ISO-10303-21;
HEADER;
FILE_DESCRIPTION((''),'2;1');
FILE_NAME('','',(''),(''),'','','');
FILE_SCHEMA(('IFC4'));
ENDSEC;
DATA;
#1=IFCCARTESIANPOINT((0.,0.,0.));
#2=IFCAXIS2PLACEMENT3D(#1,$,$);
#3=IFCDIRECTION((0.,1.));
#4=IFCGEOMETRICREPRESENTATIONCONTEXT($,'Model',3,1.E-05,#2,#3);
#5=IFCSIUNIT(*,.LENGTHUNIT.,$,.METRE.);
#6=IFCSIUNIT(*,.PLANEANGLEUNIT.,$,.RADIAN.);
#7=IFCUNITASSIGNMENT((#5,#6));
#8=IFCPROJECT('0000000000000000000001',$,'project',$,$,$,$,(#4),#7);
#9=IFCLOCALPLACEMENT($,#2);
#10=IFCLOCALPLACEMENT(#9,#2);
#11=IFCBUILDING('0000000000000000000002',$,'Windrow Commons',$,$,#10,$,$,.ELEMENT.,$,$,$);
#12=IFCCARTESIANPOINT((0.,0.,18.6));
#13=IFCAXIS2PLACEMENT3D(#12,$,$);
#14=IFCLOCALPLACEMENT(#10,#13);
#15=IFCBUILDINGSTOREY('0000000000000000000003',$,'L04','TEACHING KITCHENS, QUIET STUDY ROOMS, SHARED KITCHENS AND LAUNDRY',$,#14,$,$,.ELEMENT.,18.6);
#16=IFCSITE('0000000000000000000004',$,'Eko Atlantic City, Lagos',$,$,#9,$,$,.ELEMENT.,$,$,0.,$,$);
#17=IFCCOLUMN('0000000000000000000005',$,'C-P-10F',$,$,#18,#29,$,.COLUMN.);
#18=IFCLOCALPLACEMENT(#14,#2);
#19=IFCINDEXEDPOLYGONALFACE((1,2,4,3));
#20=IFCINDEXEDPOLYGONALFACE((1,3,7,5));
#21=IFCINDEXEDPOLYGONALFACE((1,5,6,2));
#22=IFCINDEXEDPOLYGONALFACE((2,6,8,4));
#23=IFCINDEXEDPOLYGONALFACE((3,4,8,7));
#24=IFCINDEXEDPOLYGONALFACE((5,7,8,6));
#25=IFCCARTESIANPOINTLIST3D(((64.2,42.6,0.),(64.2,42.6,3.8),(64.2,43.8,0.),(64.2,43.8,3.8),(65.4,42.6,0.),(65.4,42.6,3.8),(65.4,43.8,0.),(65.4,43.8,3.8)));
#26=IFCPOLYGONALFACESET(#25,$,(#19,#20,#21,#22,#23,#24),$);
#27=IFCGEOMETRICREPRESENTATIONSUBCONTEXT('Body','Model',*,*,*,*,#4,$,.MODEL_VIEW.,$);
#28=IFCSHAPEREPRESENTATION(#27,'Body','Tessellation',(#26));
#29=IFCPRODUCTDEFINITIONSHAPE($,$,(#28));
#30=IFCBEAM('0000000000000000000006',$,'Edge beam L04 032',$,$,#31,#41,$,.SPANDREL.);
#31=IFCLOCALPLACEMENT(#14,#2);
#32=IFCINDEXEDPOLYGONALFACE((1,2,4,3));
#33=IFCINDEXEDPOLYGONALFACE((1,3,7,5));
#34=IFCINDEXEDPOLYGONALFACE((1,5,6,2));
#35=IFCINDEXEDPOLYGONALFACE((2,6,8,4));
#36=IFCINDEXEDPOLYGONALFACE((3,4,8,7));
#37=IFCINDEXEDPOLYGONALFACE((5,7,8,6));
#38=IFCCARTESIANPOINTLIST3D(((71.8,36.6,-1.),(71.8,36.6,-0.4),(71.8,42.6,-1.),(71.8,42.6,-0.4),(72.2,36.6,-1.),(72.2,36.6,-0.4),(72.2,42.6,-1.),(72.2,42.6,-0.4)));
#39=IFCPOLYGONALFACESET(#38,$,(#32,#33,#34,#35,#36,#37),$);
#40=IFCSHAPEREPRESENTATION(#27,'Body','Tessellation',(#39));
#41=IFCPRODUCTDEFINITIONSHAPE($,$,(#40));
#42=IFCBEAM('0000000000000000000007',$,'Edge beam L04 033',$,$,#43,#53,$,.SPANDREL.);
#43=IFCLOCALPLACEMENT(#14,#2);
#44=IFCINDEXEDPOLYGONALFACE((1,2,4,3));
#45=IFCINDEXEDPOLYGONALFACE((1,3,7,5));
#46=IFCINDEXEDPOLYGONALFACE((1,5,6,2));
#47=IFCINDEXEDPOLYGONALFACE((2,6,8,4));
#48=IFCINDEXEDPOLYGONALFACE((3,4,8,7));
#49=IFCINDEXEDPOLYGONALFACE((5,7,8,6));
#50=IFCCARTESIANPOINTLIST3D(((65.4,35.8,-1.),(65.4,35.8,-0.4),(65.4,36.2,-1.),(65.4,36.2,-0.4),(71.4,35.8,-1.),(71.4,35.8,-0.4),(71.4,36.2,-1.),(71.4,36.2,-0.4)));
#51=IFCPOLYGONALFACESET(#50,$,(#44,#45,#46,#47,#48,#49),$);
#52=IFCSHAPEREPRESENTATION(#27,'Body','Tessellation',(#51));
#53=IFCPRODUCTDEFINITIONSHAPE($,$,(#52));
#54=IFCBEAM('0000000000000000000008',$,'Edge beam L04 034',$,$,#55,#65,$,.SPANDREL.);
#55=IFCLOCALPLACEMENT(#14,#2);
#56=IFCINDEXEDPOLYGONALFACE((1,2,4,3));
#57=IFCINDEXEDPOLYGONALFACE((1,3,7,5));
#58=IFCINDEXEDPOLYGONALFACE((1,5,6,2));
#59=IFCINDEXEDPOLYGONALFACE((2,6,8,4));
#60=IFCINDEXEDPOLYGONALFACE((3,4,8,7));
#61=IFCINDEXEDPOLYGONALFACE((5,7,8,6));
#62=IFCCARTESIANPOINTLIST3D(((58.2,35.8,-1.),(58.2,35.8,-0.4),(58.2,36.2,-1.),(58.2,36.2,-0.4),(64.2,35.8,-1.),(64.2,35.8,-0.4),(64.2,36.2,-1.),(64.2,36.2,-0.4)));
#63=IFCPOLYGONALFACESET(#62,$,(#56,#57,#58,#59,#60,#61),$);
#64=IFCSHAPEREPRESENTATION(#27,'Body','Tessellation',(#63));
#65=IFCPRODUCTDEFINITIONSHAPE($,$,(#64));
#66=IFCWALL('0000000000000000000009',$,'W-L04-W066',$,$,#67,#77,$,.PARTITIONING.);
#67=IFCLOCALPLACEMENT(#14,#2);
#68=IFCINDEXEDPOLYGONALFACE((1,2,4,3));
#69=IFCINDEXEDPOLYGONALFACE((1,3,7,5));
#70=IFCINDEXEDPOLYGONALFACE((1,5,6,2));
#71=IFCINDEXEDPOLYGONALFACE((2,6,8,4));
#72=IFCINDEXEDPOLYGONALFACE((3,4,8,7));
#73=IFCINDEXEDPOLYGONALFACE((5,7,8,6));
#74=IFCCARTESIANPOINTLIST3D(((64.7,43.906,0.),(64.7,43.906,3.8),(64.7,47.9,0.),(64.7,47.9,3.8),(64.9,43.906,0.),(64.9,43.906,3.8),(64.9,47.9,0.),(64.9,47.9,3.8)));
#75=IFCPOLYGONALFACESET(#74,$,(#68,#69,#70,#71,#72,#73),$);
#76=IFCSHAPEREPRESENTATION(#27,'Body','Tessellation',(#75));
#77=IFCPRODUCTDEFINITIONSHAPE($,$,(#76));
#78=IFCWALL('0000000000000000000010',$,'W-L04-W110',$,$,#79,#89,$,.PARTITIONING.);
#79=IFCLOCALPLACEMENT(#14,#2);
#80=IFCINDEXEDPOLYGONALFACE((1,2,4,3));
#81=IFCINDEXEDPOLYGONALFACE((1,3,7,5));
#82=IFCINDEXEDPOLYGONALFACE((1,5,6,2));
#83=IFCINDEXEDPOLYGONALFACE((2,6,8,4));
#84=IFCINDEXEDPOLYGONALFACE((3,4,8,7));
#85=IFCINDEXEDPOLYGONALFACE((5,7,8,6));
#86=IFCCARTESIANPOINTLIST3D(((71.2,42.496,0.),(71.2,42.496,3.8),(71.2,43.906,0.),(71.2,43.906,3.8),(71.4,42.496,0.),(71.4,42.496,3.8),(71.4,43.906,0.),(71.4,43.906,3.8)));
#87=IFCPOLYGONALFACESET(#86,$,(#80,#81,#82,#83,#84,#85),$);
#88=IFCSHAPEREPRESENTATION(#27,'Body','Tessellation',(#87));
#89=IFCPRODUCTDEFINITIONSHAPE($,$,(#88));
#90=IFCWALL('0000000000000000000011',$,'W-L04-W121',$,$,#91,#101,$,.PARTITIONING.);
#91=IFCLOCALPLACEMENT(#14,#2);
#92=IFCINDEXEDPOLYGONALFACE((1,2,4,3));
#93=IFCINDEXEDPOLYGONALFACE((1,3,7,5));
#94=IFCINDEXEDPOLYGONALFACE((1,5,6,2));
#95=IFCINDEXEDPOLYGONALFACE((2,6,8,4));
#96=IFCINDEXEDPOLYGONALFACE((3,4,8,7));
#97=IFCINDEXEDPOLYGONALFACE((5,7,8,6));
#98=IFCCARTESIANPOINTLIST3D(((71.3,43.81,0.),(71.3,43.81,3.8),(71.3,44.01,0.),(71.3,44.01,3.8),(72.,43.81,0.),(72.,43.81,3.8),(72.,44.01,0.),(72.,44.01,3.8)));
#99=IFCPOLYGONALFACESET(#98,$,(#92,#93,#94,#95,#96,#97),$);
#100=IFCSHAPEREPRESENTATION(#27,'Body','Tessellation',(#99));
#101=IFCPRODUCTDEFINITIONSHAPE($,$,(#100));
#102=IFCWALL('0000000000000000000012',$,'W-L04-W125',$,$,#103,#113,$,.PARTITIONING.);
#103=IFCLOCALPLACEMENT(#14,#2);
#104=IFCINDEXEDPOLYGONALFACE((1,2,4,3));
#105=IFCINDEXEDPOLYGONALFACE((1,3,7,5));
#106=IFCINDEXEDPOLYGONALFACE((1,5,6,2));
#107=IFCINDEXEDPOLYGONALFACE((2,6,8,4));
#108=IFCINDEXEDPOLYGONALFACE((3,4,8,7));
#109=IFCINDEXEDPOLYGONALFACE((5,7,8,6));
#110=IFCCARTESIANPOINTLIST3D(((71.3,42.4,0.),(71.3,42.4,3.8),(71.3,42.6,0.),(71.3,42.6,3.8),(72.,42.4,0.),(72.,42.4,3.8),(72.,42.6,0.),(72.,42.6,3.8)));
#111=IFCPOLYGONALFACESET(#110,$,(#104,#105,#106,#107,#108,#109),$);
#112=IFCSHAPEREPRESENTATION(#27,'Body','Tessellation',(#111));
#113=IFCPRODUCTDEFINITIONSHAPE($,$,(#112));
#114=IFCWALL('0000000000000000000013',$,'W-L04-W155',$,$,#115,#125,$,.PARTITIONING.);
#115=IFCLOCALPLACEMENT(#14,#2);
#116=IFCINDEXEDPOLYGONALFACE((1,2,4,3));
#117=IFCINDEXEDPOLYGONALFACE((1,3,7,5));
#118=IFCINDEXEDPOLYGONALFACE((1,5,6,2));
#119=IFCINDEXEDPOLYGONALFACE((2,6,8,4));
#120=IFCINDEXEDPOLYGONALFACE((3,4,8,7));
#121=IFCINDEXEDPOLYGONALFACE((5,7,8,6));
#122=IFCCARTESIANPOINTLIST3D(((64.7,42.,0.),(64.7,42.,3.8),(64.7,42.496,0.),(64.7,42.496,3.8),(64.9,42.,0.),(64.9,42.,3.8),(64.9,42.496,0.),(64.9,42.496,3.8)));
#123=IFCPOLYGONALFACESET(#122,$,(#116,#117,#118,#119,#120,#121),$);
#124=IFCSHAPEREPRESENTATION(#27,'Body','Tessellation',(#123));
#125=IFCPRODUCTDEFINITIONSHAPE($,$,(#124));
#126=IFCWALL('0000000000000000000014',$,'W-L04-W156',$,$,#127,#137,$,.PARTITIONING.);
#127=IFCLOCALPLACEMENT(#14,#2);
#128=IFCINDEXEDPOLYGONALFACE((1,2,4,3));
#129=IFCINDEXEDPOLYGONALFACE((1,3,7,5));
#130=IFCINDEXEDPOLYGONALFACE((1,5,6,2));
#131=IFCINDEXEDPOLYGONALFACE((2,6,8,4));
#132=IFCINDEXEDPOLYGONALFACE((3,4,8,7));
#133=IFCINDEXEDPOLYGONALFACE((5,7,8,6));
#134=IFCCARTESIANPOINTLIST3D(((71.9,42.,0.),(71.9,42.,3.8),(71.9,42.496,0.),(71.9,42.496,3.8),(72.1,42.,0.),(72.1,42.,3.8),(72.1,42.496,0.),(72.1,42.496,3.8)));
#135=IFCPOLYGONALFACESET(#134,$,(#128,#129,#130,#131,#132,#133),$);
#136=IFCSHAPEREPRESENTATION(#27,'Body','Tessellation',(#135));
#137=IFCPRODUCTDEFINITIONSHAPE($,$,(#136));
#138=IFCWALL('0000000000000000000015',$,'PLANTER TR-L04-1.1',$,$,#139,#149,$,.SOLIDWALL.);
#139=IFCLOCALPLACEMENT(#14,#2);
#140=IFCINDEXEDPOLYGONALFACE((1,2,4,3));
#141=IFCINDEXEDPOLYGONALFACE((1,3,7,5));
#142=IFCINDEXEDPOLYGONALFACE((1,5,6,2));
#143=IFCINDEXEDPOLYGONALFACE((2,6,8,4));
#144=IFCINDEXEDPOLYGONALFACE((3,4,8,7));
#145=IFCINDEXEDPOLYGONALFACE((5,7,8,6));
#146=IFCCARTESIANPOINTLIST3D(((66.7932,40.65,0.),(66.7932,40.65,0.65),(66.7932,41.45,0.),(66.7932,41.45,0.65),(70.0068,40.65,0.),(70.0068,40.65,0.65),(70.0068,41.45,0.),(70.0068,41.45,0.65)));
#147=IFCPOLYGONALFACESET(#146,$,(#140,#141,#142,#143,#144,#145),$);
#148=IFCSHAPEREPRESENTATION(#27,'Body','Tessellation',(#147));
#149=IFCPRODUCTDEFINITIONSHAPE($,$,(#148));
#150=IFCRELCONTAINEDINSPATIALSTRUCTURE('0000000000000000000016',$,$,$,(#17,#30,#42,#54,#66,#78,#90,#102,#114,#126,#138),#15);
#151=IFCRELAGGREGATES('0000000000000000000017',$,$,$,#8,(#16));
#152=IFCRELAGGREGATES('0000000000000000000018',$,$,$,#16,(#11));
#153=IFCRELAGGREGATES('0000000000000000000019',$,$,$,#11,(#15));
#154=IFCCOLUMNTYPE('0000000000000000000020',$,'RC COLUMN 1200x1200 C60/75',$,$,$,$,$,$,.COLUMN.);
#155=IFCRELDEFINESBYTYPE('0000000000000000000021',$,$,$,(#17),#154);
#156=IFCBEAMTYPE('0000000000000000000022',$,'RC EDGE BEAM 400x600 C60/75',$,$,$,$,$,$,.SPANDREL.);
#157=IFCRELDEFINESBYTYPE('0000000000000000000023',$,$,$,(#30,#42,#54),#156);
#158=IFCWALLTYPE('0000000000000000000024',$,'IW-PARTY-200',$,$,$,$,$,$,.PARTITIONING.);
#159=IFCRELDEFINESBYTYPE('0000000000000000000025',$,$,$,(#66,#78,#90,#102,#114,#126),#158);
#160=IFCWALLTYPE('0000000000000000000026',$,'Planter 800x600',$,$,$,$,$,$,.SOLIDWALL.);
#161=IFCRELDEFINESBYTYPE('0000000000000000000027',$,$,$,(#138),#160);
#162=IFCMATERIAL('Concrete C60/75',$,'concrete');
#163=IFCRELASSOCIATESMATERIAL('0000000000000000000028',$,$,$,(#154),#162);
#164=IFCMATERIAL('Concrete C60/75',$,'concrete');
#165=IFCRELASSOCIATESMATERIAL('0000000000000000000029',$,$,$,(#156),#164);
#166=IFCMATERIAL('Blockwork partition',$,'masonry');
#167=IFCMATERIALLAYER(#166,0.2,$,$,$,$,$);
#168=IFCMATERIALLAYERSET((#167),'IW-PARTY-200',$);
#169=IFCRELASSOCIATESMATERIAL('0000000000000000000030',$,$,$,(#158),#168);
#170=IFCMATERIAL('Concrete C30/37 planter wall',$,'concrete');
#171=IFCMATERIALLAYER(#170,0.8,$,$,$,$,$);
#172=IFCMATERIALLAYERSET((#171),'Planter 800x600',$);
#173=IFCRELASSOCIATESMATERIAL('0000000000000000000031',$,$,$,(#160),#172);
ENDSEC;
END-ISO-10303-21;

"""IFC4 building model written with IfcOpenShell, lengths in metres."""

from ifc_helpers import new_model, si_unit, direction, frame, frame_2d, origin, origin_2d, place, context, subcontext, project, spatial, polyline, rectangle, outline, extrude, material, layer, layer_set, material_profile, profile_set, type_object, element, save


model = new_model("IFC4")

# Units and contexts
model_context = context("Model", 3, precision=1e-05, world=origin(), true_north=direction((0.0, 1.0)))
body_context = subcontext(model_context, "Body", "Model", "MODEL_VIEW")
ifc_project = project(units=[si_unit("LENGTHUNIT", "METRE"), si_unit("PLANEANGLEUNIT", "RADIAN")], contexts=[model_context])

# Site, building, storey
site_placement = place(None, origin())
site = spatial("IfcSite", under=ifc_project, at=site_placement, Name="Eko Atlantic City, Lagos", CompositionType="ELEMENT", RefElevation=0.0)
building_placement = place(site_placement, origin())
building = spatial("IfcBuilding", under=site, at=building_placement, Name="Windrow Commons", CompositionType="ELEMENT")
storey_placement = place(building_placement, frame((0.0, 0.0, 18.6)))
storey = spatial("IfcBuildingStorey", under=building, at=storey_placement, Name="L04", Description="TEACHING KITCHENS, QUIET STUDY ROOMS, SHARED KITCHENS AND LAUNDRY", CompositionType="ELEMENT", Elevation=18.6)

# Column
ifc_material_1 = material(Name="Concrete C60/75", Category="concrete")
ifc_material_profile_1 = material_profile(ifc_material_1, rectangle(XDim=1.2, YDim=1.2, at=origin_2d()))
ifc_profile_set_1 = profile_set([ifc_material_profile_1], Name="Concrete C60/75")
column_type = type_object("IfcColumnType", Name="RC COLUMN 1200x1200 C60/75", PredefinedType="COLUMN", material=ifc_profile_set_1)
column_placement = place(storey_placement, frame((64.8, 43.2, 0.0), z_axis=(0.0, 0.0, 1.0), x_axis=(1.0, 0.0, 0.0)))
element("IfcColumn", 1, at=column_placement, inside=storey, type_object=column_type, Name="C-P-10F", PredefinedType="COLUMN", context=body_context, shape_type="SweptSolid", body=[
    extrude(rectangle(XDim=1.2, YDim=1.2, at=origin_2d()), origin(), (0.0, 0.0, 1.0), 3.8),
])

# Beams
ifc_material_2 = material(Name="Concrete C60/75", Category="concrete")
ifc_material_profile_2 = material_profile(ifc_material_2, rectangle(XDim=0.4, YDim=0.6, at=origin_2d()))
ifc_profile_set_2 = profile_set([ifc_material_profile_2], Name="Concrete C60/75")
beam_type = type_object("IfcBeamType", Name="RC EDGE BEAM 400x600 C60/75", PredefinedType="SPANDREL", material=ifc_profile_set_2)
for number, where, z_axis, x_axis, name in (
    (2, (72.0, 42.6, -0.7), (0.0, -1.0, 0.0), (1.0, 0.0, 0.0), "Edge beam L04 032"),
    (3, (71.4, 36.0, -0.7), (-1.0, 0.0, 0.0), (0.0, -1.0, 0.0), "Edge beam L04 033"),
    (4, (64.2, 36.0, -0.7), (-1.0, 0.0, 0.0), (0.0, -1.0, 0.0), "Edge beam L04 034"),
):
    element("IfcBeam", number, at=place(storey_placement, frame(where, z_axis=z_axis, x_axis=x_axis)), inside=storey, type_object=beam_type, Name=name, PredefinedType="SPANDREL", context=body_context, shape_type="SweptSolid", body=[
        extrude(rectangle(XDim=0.4, YDim=0.6, at=origin_2d()), origin(), (0.0, 0.0, 1.0), 6.0),
    ])

# Walls
ifc_material_3 = material(Name="Blockwork partition", Category="masonry")
ifc_layer_1 = layer(ifc_material_3, 0.2)
ifc_layer_set_1 = layer_set([ifc_layer_1], Name="IW-PARTY-200")
wall_type_1 = type_object("IfcWallType", Name="IW-PARTY-200", PredefinedType="PARTITIONING", material=ifc_layer_set_1)
wall_1_placement = place(storey_placement, frame((64.8, 43.906, 0.0), z_axis=(0.0, 0.0, 1.0), x_axis=(0.0, 1.0, 0.0)))
element("IfcWall", 5, at=wall_1_placement, inside=storey, type_object=wall_type_1, Name="W-L04-W066", PredefinedType="PARTITIONING", context=body_context, shape_type="SweptSolid", body=[
    extrude(rectangle(XDim=3.994, YDim=0.2, at=frame_2d((1.997, 0.0))), origin(), (0.0, 0.0, 1.0), 3.8),
])
wall_2_placement = place(storey_placement, frame((71.3, 42.496, 0.0), z_axis=(0.0, 0.0, 1.0), x_axis=(0.0, 1.0, 0.0)))
element("IfcWall", 6, at=wall_2_placement, inside=storey, type_object=wall_type_1, Name="W-L04-W110", PredefinedType="PARTITIONING", context=body_context, shape_type="SweptSolid", body=[
    extrude(rectangle(XDim=1.41, YDim=0.2, at=frame_2d((0.705, 0.0))), origin(), (0.0, 0.0, 1.0), 3.8),
])
for number, where, z_axis, x_axis, name in (
    (7, (71.3, 43.91, 0.0), (0.0, 0.0, 1.0), (1.0, 0.0, 0.0), "W-L04-W121"),
    (8, (71.3, 42.5, 0.0), (0.0, 0.0, 1.0), (1.0, 0.0, 0.0), "W-L04-W125"),
):
    element("IfcWall", number, at=place(storey_placement, frame(where, z_axis=z_axis, x_axis=x_axis)), inside=storey, type_object=wall_type_1, Name=name, PredefinedType="PARTITIONING", context=body_context, shape_type="SweptSolid", body=[
        extrude(rectangle(XDim=0.7, YDim=0.2, at=frame_2d((0.35, 0.0))), origin(), (0.0, 0.0, 1.0), 3.8),
    ])
for number, where, z_axis, x_axis, name in (
    (9, (64.8, 42.0, 0.0), (0.0, 0.0, 1.0), (0.0, 1.0, 0.0), "W-L04-W155"),
    (10, (72.0, 42.0, 0.0), (0.0, 0.0, 1.0), (0.0, 1.0, 0.0), "W-L04-W156"),
):
    element("IfcWall", number, at=place(storey_placement, frame(where, z_axis=z_axis, x_axis=x_axis)), inside=storey, type_object=wall_type_1, Name=name, PredefinedType="PARTITIONING", context=body_context, shape_type="SweptSolid", body=[
        extrude(rectangle(XDim=0.496, YDim=0.2, at=frame_2d((0.248, 0.0))), origin(), (0.0, 0.0, 1.0), 3.8),
    ])
ifc_material_4 = material(Name="Concrete C30/37 planter wall", Category="concrete")
ifc_layer_2 = layer(ifc_material_4, 0.8)
ifc_layer_set_2 = layer_set([ifc_layer_2], Name="Planter 800x600")
wall_type_2 = type_object("IfcWallType", Name="Planter 800x600", PredefinedType="SOLIDWALL", material=ifc_layer_set_2)
wall_3_placement = place(storey_placement, frame((70.0068, 41.05, 0.0), z_axis=(0.0, 0.0, 1.0), x_axis=(-1.0, 0.0, 0.0)))
element("IfcWall", 11, at=wall_3_placement, inside=storey, type_object=wall_type_2, Name="PLANTER TR-L04-1.1", PredefinedType="SOLIDWALL", context=body_context, shape_type="SweptSolid", body=[
    extrude(outline(polyline([(0.0, -0.4), (3.2136, -0.4), (3.2136, 0.4), (0.0, 0.4), (0.0, -0.4)])), origin(), (0.0, 0.0, 1.0), 0.65),
])

save(model, "model.ifc")
